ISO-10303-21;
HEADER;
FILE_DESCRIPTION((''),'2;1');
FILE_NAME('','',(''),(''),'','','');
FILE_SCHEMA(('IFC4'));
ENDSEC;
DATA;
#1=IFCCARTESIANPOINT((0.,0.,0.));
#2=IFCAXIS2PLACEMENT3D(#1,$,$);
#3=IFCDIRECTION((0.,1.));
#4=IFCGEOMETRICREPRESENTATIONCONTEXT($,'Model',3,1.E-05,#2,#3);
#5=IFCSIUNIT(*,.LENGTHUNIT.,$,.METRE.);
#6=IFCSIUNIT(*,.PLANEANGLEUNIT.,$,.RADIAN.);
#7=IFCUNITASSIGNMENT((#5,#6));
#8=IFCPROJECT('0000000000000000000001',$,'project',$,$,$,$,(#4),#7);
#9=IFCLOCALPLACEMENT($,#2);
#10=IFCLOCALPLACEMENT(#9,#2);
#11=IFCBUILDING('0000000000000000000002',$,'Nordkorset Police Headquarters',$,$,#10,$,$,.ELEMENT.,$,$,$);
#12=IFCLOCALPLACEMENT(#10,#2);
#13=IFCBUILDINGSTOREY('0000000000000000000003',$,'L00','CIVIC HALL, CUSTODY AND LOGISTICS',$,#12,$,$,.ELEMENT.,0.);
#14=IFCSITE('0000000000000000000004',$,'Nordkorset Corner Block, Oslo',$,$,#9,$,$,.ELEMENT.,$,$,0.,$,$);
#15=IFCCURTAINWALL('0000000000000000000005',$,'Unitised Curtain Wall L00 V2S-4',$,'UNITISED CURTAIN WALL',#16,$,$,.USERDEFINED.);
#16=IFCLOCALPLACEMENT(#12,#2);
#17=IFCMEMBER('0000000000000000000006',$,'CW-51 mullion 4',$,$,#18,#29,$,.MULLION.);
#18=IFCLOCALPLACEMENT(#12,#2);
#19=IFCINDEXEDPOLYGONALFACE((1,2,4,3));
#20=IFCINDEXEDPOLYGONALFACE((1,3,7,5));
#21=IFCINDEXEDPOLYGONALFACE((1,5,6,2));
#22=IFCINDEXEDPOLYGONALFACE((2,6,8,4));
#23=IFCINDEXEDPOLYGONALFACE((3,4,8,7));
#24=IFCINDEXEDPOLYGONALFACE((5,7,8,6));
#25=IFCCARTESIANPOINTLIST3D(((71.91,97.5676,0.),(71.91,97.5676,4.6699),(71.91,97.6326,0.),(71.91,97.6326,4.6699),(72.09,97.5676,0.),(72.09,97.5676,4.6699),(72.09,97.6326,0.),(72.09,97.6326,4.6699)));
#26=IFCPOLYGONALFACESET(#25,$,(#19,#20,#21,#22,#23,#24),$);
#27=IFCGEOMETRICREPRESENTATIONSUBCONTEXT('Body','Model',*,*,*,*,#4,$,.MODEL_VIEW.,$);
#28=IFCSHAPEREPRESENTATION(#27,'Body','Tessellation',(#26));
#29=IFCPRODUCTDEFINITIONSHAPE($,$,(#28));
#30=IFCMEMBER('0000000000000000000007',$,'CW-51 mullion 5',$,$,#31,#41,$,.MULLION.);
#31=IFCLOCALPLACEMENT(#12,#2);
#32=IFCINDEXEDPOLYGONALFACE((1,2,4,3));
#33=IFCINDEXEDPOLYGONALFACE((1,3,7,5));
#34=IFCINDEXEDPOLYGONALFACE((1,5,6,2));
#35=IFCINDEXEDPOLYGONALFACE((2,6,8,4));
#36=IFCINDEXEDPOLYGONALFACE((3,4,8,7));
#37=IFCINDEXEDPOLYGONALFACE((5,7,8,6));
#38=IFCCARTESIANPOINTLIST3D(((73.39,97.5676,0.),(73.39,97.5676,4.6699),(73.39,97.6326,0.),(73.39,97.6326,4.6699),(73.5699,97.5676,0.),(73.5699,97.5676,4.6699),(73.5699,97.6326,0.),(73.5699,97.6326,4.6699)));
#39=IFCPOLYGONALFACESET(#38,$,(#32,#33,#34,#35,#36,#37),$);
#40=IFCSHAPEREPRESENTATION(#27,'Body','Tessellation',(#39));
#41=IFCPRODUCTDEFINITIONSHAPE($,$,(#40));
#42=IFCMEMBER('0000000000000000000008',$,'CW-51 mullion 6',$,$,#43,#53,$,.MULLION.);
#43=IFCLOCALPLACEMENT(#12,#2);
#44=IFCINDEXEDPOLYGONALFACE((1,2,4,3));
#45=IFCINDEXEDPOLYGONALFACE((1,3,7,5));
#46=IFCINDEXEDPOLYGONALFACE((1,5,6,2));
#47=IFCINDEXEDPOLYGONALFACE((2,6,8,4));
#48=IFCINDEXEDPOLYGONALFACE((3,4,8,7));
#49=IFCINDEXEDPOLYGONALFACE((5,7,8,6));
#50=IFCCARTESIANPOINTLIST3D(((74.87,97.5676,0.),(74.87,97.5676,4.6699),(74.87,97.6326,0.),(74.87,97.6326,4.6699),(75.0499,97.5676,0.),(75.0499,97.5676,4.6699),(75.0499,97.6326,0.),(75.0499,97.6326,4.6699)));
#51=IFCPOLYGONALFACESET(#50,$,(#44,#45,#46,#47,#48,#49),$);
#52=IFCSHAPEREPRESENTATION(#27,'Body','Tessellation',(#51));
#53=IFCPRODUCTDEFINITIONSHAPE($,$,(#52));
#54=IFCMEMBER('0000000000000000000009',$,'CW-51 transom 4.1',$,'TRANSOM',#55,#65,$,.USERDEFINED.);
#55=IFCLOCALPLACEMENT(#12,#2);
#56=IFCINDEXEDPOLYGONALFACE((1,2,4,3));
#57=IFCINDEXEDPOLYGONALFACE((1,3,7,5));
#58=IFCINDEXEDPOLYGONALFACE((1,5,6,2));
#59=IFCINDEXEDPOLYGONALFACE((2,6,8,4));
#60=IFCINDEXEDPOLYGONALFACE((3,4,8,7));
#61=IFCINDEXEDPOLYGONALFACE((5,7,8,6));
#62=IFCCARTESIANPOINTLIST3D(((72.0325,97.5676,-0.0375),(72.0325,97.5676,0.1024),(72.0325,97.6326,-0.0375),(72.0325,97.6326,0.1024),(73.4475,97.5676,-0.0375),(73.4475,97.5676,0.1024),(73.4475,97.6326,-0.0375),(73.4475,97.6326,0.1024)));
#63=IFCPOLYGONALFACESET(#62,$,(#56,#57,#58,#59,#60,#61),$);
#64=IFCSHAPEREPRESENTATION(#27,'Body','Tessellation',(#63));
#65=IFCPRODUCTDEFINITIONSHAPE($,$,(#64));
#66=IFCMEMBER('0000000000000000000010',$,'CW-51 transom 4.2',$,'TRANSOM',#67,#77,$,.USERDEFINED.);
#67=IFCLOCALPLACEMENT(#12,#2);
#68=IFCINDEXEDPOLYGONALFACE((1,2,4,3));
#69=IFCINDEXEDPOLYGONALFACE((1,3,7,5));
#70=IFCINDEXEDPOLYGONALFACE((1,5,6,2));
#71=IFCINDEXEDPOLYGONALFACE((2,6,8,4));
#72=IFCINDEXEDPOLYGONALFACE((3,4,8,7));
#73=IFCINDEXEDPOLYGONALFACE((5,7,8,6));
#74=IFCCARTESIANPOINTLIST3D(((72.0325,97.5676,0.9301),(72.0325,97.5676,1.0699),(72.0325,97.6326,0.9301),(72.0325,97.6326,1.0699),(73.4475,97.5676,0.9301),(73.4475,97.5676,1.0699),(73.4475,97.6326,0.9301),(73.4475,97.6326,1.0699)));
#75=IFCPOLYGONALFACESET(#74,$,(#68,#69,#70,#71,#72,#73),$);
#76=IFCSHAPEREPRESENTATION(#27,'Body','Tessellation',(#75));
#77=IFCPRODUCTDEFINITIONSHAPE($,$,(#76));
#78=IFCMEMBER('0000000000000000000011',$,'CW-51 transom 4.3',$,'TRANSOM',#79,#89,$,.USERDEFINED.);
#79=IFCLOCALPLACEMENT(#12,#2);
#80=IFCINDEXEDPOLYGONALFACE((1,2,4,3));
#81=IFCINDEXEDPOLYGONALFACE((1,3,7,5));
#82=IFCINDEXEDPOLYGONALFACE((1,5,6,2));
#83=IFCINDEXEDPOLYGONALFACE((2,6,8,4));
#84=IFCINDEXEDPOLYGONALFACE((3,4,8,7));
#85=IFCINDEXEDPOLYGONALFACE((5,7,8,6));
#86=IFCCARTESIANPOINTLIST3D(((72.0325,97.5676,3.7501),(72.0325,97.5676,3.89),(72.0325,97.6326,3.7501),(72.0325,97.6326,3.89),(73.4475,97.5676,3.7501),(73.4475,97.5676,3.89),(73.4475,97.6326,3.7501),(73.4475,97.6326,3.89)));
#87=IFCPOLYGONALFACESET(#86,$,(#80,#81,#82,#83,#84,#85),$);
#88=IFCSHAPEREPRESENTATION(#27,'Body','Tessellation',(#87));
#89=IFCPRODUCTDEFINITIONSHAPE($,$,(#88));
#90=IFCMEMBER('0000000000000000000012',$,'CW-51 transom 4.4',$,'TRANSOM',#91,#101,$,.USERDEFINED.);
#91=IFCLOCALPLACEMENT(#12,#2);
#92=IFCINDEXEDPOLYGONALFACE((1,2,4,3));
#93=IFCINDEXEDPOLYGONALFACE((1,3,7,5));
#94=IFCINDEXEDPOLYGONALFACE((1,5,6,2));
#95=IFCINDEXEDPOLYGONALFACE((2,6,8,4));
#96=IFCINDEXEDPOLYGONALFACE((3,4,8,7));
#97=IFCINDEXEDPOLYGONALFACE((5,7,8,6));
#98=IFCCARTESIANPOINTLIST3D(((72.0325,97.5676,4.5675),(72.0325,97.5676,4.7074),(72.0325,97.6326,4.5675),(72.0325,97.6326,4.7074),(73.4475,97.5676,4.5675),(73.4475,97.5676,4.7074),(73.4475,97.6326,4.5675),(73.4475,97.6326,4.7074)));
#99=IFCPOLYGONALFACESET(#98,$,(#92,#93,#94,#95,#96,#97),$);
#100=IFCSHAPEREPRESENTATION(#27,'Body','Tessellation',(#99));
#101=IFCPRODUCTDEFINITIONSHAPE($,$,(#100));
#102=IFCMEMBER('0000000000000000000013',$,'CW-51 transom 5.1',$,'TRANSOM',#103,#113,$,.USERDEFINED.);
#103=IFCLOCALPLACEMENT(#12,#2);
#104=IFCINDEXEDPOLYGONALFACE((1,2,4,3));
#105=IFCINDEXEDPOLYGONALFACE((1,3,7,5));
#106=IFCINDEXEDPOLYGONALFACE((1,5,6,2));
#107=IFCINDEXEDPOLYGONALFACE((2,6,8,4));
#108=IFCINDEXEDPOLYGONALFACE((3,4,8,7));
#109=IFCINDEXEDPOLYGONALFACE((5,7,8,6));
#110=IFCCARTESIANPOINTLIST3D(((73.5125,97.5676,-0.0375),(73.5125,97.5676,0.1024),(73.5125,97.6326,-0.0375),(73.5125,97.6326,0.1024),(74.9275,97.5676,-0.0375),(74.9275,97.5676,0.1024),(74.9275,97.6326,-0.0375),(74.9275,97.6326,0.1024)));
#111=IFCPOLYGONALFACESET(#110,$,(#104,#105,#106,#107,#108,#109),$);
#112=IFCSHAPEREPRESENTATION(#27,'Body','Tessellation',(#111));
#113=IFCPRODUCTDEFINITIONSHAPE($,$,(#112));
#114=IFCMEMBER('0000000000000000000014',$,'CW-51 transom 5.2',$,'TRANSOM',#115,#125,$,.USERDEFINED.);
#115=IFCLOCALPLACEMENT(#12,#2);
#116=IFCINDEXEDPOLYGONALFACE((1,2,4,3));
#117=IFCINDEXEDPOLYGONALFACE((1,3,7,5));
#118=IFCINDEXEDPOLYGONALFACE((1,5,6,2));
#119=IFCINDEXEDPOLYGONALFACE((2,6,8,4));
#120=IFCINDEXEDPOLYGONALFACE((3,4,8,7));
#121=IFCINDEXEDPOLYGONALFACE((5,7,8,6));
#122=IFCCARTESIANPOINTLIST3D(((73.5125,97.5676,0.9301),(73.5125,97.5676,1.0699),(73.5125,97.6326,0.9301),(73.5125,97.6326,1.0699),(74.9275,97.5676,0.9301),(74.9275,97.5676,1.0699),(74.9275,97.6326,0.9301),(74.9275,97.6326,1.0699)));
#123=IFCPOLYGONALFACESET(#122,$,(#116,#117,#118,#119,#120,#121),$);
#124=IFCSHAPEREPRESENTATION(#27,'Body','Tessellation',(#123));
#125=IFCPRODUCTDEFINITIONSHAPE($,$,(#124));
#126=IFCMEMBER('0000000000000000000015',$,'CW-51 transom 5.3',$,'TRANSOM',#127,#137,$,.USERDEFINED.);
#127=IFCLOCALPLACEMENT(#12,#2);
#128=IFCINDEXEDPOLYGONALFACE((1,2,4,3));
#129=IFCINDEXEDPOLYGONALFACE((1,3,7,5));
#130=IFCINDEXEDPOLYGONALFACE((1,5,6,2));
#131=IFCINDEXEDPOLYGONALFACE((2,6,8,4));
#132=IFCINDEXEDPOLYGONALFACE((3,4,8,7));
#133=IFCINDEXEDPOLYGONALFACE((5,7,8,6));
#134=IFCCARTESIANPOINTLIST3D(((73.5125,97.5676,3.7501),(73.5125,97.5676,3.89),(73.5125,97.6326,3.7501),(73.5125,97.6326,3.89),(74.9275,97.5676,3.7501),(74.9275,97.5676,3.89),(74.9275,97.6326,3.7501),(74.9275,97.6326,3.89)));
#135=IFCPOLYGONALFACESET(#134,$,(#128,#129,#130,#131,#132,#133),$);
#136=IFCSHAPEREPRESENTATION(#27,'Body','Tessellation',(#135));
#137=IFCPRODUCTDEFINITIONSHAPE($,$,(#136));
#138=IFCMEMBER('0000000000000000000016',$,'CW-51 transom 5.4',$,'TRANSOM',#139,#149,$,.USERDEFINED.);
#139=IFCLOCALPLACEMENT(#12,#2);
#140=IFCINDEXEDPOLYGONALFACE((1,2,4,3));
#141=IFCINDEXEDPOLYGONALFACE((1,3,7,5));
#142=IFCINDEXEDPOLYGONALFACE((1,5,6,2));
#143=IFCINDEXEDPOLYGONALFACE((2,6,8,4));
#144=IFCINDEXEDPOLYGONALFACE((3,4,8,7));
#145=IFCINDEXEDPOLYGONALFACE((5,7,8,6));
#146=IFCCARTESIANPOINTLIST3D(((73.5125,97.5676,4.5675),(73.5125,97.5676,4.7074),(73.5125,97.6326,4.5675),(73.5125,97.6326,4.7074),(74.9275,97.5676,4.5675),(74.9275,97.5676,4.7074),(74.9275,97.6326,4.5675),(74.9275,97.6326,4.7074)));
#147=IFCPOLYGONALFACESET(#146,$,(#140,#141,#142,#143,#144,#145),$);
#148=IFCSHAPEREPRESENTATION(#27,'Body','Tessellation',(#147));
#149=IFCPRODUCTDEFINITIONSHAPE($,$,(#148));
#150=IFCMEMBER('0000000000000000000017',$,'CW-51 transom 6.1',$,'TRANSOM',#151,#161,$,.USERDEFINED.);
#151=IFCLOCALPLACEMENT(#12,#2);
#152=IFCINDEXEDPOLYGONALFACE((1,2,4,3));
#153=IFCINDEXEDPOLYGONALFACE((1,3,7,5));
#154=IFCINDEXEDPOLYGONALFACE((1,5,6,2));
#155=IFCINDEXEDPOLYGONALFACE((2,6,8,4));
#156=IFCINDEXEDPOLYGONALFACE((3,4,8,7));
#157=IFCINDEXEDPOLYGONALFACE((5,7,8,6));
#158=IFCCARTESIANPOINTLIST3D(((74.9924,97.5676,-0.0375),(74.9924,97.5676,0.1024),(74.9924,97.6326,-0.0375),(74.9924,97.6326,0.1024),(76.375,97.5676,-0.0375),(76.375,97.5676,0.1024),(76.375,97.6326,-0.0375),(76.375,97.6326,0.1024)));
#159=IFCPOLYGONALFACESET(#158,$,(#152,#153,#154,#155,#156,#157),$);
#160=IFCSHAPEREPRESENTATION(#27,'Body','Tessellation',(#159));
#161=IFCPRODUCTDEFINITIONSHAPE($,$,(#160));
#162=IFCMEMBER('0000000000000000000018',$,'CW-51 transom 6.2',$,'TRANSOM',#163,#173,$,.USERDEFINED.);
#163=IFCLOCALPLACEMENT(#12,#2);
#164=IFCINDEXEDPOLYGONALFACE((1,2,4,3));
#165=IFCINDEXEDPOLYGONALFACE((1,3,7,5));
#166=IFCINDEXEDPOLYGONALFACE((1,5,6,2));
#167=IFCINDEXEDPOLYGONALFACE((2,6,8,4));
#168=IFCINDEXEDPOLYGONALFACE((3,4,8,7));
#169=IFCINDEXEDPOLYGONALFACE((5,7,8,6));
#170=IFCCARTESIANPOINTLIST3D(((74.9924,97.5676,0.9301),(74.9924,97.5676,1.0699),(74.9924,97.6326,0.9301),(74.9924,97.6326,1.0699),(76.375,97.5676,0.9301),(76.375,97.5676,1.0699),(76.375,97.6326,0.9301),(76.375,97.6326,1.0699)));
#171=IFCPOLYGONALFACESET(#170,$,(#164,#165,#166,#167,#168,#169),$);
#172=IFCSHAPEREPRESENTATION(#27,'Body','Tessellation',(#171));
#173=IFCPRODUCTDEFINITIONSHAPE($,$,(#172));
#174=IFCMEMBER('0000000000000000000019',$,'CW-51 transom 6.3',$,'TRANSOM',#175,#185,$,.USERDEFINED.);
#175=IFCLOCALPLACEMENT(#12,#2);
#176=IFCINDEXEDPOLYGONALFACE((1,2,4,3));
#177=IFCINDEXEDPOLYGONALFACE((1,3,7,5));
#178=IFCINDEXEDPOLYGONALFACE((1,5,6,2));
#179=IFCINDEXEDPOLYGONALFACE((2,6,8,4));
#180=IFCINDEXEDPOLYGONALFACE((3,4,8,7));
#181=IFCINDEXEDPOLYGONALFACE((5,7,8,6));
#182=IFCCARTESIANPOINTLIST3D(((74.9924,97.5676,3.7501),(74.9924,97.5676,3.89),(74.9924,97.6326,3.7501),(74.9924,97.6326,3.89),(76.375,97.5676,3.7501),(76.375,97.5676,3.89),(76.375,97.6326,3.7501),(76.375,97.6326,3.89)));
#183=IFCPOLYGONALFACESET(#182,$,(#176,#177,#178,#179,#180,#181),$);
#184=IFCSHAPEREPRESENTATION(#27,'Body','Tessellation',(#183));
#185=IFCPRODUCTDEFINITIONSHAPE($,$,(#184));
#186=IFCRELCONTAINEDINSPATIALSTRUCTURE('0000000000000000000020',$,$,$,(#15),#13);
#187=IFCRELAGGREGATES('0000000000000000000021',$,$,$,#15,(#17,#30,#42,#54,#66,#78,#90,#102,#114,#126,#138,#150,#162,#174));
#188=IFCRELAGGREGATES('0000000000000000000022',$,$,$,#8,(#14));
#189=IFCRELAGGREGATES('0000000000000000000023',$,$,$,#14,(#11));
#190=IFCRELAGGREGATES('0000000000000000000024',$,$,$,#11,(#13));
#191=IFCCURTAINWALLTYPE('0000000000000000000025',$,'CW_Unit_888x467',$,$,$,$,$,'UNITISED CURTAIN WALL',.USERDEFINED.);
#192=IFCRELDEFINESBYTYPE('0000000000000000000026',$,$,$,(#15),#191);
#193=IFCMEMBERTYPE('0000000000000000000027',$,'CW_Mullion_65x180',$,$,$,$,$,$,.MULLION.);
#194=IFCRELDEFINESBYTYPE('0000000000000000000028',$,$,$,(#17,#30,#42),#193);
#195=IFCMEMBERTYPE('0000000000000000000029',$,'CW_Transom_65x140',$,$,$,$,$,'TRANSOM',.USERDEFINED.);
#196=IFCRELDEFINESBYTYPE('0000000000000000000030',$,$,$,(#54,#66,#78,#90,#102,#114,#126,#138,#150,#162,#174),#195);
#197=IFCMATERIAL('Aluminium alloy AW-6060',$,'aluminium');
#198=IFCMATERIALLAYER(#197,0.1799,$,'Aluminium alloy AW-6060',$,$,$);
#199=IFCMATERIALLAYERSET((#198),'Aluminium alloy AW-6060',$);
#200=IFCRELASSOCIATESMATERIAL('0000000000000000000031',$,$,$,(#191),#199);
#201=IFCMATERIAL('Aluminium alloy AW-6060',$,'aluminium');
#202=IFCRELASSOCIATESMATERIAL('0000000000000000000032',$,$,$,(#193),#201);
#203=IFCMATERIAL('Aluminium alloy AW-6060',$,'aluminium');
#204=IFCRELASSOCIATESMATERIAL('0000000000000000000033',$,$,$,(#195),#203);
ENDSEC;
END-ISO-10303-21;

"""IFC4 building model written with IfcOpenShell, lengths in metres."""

from ifc_helpers import new_model, si_unit, direction, frame, origin, origin_2d, place, context, subcontext, project, spatial, rectangle, extrude, material, layer, layer_set, material_profile, profile_set, type_object, element, aggregate, save


model = new_model("IFC4")

# Units and contexts
model_context = context("Model", 3, precision=1e-05, world=origin(), true_north=direction((0.0, 1.0)))
body_context = subcontext(model_context, "Body", "Model", "MODEL_VIEW")
ifc_project = project(units=[si_unit("LENGTHUNIT", "METRE"), si_unit("PLANEANGLEUNIT", "RADIAN")], contexts=[model_context])

# Site, building, storey
site_placement = place(None, origin())
site = spatial("IfcSite", under=ifc_project, at=site_placement, Name="Nordkorset Corner Block, Oslo", CompositionType="ELEMENT", RefElevation=0.0)
building_placement = place(site_placement, origin())
building = spatial("IfcBuilding", under=site, at=building_placement, Name="Nordkorset Police Headquarters", CompositionType="ELEMENT")
storey_placement = place(building_placement, origin())
storey = spatial("IfcBuildingStorey", under=building, at=storey_placement, Name="L00", Description="CIVIC HALL, CUSTODY AND LOGISTICS", CompositionType="ELEMENT", Elevation=0.0)

# Curtain wall, members
ifc_material_1 = material(Name="Aluminium alloy AW-6060", Category="aluminium")
ifc_layer_1 = layer(ifc_material_1, 0.1799, Name="Aluminium alloy AW-6060")
ifc_layer_set_1 = layer_set([ifc_layer_1], Name="Aluminium alloy AW-6060")
curtain_wall_type = type_object("IfcCurtainWallType", Name="CW_Unit_888x467", ElementType="UNITISED CURTAIN WALL", PredefinedType="USERDEFINED", material=ifc_layer_set_1)
curtain_wall_placement = place(storey_placement, origin())
curtain_wall = element("IfcCurtainWall", 1, at=curtain_wall_placement, inside=storey, type_object=curtain_wall_type, Name="Unitised Curtain Wall L00 V2S-4", ObjectType="UNITISED CURTAIN WALL", PredefinedType="USERDEFINED")
ifc_material_2 = material(Name="Aluminium alloy AW-6060", Category="aluminium")
ifc_material_profile_1 = material_profile(ifc_material_2, rectangle(XDim=0.0649, YDim=0.1799, at=origin_2d()), Name="ALU MULL 65x180")
ifc_profile_set_1 = profile_set([ifc_material_profile_1], Name="Aluminium alloy AW-6060")
member_type_1 = type_object("IfcMemberType", Name="CW_Mullion_65x180", PredefinedType="MULLION", material=ifc_profile_set_1)
member_1_placement = place(storey_placement, frame((72.0, 97.6001, 0.0), z_axis=(0.0, 0.0, 1.0), x_axis=(0.0, 1.0, 0.0)))
member_1 = element("IfcMember", 2, at=member_1_placement, type_object=member_type_1, Name="CW-51 mullion 4", PredefinedType="MULLION", context=body_context, shape_type="SweptSolid", body=[
    extrude(rectangle(XDim=0.0649, YDim=0.1799, at=origin_2d()), origin(), (0.0, 0.0, 1.0), 4.6699),
])
member_2_placement = place(storey_placement, frame((73.48, 97.6001, 0.0), z_axis=(0.0, 0.0, 1.0), x_axis=(0.0, 1.0, 0.0)))
member_2 = element("IfcMember", 3, at=member_2_placement, type_object=member_type_1, Name="CW-51 mullion 5", PredefinedType="MULLION", context=body_context, shape_type="SweptSolid", body=[
    extrude(rectangle(XDim=0.0649, YDim=0.1799, at=origin_2d()), origin(), (0.0, 0.0, 1.0), 4.6699),
])
member_3_placement = place(storey_placement, frame((74.96, 97.6001, 0.0), z_axis=(0.0, 0.0, 1.0), x_axis=(0.0, 1.0, 0.0)))
member_3 = element("IfcMember", 4, at=member_3_placement, type_object=member_type_1, Name="CW-51 mullion 6", PredefinedType="MULLION", context=body_context, shape_type="SweptSolid", body=[
    extrude(rectangle(XDim=0.0649, YDim=0.1799, at=origin_2d()), origin(), (0.0, 0.0, 1.0), 4.6699),
])
ifc_material_3 = material(Name="Aluminium alloy AW-6060", Category="aluminium")
ifc_material_profile_2 = material_profile(ifc_material_3, rectangle(XDim=0.0649, YDim=0.1399, at=origin_2d()), Name="ALU TRAN 65x140")
ifc_profile_set_2 = profile_set([ifc_material_profile_2], Name="Aluminium alloy AW-6060")
member_type_2 = type_object("IfcMemberType", Name="CW_Transom_65x140", ElementType="TRANSOM", PredefinedType="USERDEFINED", material=ifc_profile_set_2)
member_4_placement = place(storey_placement, frame((72.0325, 97.6001, 0.0325), z_axis=(1.0, 0.0, 0.0), x_axis=(0.0, 1.0, 0.0)))
member_4 = element("IfcMember", 5, at=member_4_placement, type_object=member_type_2, Name="CW-51 transom 4.1", ObjectType="TRANSOM", PredefinedType="USERDEFINED", context=body_context, shape_type="SweptSolid", body=[
    extrude(rectangle(XDim=0.0649, YDim=0.1399, at=origin_2d()), origin(), (0.0, 0.0, 1.0), 1.415),
])
member_5_placement = place(storey_placement, frame((72.0325, 97.6001, 1.0), z_axis=(1.0, 0.0, 0.0), x_axis=(0.0, 1.0, 0.0)))
member_5 = element("IfcMember", 6, at=member_5_placement, type_object=member_type_2, Name="CW-51 transom 4.2", ObjectType="TRANSOM", PredefinedType="USERDEFINED", context=body_context, shape_type="SweptSolid", body=[
    extrude(rectangle(XDim=0.0649, YDim=0.1399, at=origin_2d()), origin(), (0.0, 0.0, 1.0), 1.415),
])
member_6_placement = place(storey_placement, frame((72.0325, 97.6001, 3.8201), z_axis=(1.0, 0.0, 0.0), x_axis=(0.0, 1.0, 0.0)))
member_6 = element("IfcMember", 7, at=member_6_placement, type_object=member_type_2, Name="CW-51 transom 4.3", ObjectType="TRANSOM", PredefinedType="USERDEFINED", context=body_context, shape_type="SweptSolid", body=[
    extrude(rectangle(XDim=0.0649, YDim=0.1399, at=origin_2d()), origin(), (0.0, 0.0, 1.0), 1.415),
])
member_7_placement = place(storey_placement, frame((72.0325, 97.6001, 4.6375), z_axis=(1.0, 0.0, 0.0), x_axis=(0.0, 1.0, 0.0)))
member_7 = element("IfcMember", 8, at=member_7_placement, type_object=member_type_2, Name="CW-51 transom 4.4", ObjectType="TRANSOM", PredefinedType="USERDEFINED", context=body_context, shape_type="SweptSolid", body=[
    extrude(rectangle(XDim=0.0649, YDim=0.1399, at=origin_2d()), origin(), (0.0, 0.0, 1.0), 1.415),
])
member_8_placement = place(storey_placement, frame((73.5125, 97.6001, 0.0325), z_axis=(1.0, 0.0, 0.0), x_axis=(0.0, 1.0, 0.0)))
member_8 = element("IfcMember", 9, at=member_8_placement, type_object=member_type_2, Name="CW-51 transom 5.1", ObjectType="TRANSOM", PredefinedType="USERDEFINED", context=body_context, shape_type="SweptSolid", body=[
    extrude(rectangle(XDim=0.0649, YDim=0.1399, at=origin_2d()), origin(), (0.0, 0.0, 1.0), 1.415),
])
member_9_placement = place(storey_placement, frame((73.5125, 97.6001, 1.0), z_axis=(1.0, 0.0, 0.0), x_axis=(0.0, 1.0, 0.0)))
member_9 = element("IfcMember", 10, at=member_9_placement, type_object=member_type_2, Name="CW-51 transom 5.2", ObjectType="TRANSOM", PredefinedType="USERDEFINED", context=body_context, shape_type="SweptSolid", body=[
    extrude(rectangle(XDim=0.0649, YDim=0.1399, at=origin_2d()), origin(), (0.0, 0.0, 1.0), 1.415),
])
member_10_placement = place(storey_placement, frame((73.5125, 97.6001, 3.8201), z_axis=(1.0, 0.0, 0.0), x_axis=(0.0, 1.0, 0.0)))
member_10 = element("IfcMember", 11, at=member_10_placement, type_object=member_type_2, Name="CW-51 transom 5.3", ObjectType="TRANSOM", PredefinedType="USERDEFINED", context=body_context, shape_type="SweptSolid", body=[
    extrude(rectangle(XDim=0.0649, YDim=0.1399, at=origin_2d()), origin(), (0.0, 0.0, 1.0), 1.415),
])
member_11_placement = place(storey_placement, frame((73.5125, 97.6001, 4.6375), z_axis=(1.0, 0.0, 0.0), x_axis=(0.0, 1.0, 0.0)))
member_11 = element("IfcMember", 12, at=member_11_placement, type_object=member_type_2, Name="CW-51 transom 5.4", ObjectType="TRANSOM", PredefinedType="USERDEFINED", context=body_context, shape_type="SweptSolid", body=[
    extrude(rectangle(XDim=0.0649, YDim=0.1399, at=origin_2d()), origin(), (0.0, 0.0, 1.0), 1.415),
])
member_12_placement = place(storey_placement, frame((74.9924, 97.6001, 0.0325), z_axis=(1.0, 0.0, 0.0), x_axis=(0.0, 1.0, 0.0)))
member_12 = element("IfcMember", 13, at=member_12_placement, type_object=member_type_2, Name="CW-51 transom 6.1", ObjectType="TRANSOM", PredefinedType="USERDEFINED", context=body_context, shape_type="SweptSolid", body=[
    extrude(rectangle(XDim=0.0649, YDim=0.1399, at=origin_2d()), origin(), (0.0, 0.0, 1.0), 1.3826),
])
member_13_placement = place(storey_placement, frame((74.9924, 97.6001, 1.0), z_axis=(1.0, 0.0, 0.0), x_axis=(0.0, 1.0, 0.0)))
member_13 = element("IfcMember", 14, at=member_13_placement, type_object=member_type_2, Name="CW-51 transom 6.2", ObjectType="TRANSOM", PredefinedType="USERDEFINED", context=body_context, shape_type="SweptSolid", body=[
    extrude(rectangle(XDim=0.0649, YDim=0.1399, at=origin_2d()), origin(), (0.0, 0.0, 1.0), 1.3826),
])
member_14_placement = place(storey_placement, frame((74.9924, 97.6001, 3.8201), z_axis=(1.0, 0.0, 0.0), x_axis=(0.0, 1.0, 0.0)))
member_14 = element("IfcMember", 15, at=member_14_placement, type_object=member_type_2, Name="CW-51 transom 6.3", ObjectType="TRANSOM", PredefinedType="USERDEFINED", context=body_context, shape_type="SweptSolid", body=[
    extrude(rectangle(XDim=0.0649, YDim=0.1399, at=origin_2d()), origin(), (0.0, 0.0, 1.0), 1.3826),
])
aggregate(curtain_wall, [member_1, member_2, member_3, member_4, member_5, member_6, member_7, member_8, member_9, member_10, member_11, member_12, member_13, member_14])

save(model, "model.ifc")
